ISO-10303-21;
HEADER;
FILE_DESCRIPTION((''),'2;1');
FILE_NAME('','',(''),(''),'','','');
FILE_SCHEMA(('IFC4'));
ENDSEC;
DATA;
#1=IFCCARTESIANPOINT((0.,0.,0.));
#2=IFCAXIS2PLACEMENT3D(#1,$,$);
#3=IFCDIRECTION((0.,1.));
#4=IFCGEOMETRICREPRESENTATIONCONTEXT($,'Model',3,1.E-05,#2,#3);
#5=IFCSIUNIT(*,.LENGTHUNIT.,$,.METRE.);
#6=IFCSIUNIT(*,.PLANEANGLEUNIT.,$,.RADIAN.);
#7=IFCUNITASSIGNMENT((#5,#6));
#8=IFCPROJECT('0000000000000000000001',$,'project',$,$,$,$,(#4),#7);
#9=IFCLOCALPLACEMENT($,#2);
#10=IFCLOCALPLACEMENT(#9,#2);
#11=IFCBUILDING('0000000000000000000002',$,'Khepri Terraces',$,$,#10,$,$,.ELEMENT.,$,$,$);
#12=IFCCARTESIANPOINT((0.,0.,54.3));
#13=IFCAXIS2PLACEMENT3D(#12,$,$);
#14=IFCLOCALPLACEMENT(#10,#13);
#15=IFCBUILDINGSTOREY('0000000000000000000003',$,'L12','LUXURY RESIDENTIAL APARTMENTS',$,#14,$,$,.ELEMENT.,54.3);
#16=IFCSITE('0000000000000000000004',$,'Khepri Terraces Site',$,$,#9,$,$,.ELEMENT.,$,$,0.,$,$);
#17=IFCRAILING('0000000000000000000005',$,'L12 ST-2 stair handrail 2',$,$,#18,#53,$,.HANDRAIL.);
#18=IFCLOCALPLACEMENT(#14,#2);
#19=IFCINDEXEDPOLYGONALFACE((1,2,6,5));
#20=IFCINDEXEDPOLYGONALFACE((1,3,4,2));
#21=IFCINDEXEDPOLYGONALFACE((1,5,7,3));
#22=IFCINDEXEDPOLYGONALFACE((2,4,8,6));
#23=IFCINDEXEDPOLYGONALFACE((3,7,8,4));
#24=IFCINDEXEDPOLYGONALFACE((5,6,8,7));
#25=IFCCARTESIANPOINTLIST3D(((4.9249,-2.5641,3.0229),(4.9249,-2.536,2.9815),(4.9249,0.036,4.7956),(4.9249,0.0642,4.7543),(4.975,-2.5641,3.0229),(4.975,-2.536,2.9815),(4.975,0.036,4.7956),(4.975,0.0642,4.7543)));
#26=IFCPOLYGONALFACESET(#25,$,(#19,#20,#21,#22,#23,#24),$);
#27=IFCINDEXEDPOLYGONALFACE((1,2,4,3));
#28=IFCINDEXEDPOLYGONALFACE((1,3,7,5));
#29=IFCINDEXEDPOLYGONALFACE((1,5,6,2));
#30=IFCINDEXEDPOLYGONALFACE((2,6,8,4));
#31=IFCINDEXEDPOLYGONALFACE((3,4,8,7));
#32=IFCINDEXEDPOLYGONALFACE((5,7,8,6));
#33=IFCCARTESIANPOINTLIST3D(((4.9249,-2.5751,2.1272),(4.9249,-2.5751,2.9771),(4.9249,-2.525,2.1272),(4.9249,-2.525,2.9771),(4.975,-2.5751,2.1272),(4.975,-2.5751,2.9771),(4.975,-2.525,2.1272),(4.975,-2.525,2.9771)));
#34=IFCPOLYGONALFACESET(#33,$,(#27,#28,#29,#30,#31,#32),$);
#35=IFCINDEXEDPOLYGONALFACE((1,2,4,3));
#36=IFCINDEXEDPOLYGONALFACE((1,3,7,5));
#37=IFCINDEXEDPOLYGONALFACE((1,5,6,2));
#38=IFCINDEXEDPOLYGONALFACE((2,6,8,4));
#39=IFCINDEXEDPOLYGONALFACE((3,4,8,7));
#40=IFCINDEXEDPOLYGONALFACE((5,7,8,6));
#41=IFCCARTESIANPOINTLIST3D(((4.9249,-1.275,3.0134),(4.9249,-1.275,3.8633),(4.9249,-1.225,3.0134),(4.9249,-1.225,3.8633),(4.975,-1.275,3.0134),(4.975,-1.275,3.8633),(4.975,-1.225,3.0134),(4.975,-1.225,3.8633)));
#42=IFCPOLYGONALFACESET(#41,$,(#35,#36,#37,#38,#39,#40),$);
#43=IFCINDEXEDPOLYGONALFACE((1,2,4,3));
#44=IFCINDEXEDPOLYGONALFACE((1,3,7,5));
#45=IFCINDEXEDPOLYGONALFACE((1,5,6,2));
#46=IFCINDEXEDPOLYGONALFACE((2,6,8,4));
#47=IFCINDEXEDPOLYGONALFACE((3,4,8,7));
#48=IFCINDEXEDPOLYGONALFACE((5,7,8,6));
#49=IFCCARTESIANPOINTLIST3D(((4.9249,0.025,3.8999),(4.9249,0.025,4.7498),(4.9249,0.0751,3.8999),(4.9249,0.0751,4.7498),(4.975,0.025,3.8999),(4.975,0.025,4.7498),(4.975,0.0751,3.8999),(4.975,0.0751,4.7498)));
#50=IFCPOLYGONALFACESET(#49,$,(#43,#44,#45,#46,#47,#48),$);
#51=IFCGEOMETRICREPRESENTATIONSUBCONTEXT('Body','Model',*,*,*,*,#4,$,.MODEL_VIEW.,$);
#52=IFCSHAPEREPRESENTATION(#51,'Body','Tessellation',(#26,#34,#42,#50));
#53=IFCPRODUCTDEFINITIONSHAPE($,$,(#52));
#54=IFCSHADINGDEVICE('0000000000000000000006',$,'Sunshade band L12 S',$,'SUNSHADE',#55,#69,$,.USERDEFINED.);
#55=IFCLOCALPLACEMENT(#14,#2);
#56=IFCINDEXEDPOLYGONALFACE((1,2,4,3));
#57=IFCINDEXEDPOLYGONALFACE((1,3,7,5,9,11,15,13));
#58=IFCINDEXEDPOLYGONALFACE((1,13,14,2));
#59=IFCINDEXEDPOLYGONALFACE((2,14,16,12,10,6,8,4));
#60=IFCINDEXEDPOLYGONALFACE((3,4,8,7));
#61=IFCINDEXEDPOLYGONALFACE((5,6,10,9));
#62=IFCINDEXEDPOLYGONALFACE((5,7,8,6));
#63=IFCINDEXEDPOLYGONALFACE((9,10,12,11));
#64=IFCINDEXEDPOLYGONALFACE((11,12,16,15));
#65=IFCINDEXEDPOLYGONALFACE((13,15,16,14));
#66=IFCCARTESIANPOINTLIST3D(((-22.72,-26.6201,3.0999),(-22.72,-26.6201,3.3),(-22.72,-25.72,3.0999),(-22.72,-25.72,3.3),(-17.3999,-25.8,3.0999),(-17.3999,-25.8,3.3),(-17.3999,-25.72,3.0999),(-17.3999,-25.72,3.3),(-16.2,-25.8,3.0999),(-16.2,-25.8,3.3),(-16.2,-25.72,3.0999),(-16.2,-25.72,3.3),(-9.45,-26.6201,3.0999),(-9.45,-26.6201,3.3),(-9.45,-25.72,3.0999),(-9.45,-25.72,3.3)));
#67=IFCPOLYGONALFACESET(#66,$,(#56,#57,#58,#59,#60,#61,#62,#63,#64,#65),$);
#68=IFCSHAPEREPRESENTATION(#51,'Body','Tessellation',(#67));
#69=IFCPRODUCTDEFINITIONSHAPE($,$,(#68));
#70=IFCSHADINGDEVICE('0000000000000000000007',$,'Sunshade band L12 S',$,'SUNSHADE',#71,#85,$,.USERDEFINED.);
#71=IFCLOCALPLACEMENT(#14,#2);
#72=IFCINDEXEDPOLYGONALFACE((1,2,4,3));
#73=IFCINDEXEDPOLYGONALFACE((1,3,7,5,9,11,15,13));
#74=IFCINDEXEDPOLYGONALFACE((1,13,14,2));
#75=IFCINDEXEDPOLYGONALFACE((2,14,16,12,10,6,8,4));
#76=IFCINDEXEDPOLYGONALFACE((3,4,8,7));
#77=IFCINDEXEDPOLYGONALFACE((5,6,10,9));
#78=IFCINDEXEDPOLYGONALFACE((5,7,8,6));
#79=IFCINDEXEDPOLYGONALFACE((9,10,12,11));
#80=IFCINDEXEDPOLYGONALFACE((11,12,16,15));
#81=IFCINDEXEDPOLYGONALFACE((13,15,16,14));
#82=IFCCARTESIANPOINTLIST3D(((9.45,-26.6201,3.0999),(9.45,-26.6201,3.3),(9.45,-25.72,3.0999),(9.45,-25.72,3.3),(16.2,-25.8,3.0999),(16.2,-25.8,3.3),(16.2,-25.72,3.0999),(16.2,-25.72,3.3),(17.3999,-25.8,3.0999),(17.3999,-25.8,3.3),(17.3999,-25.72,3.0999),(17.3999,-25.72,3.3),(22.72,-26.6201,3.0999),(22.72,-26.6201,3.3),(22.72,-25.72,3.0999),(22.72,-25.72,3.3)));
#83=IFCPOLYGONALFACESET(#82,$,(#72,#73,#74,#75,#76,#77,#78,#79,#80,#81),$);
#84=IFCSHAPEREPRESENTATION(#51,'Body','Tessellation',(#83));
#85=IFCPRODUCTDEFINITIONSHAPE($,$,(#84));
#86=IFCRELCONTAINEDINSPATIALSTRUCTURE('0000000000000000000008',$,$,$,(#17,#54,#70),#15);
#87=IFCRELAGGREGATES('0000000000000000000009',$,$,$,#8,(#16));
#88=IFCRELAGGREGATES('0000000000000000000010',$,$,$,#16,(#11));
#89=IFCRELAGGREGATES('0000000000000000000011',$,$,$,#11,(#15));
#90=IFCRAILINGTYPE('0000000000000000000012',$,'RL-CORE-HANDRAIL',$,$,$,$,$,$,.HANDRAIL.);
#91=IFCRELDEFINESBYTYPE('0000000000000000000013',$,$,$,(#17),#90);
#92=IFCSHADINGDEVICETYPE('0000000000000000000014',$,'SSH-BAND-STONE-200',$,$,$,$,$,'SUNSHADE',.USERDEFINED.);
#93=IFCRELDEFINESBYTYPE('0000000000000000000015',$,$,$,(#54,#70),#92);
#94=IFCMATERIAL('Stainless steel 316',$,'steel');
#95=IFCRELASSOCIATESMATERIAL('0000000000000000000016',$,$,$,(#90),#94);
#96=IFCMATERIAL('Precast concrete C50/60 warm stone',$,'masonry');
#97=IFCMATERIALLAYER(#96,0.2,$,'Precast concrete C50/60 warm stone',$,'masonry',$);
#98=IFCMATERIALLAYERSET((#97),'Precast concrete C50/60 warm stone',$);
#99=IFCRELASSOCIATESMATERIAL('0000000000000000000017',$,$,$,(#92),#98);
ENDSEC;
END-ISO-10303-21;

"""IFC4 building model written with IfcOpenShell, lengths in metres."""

from ifc_helpers import new_model, si_unit, direction, frame, origin, origin_2d, place, context, subcontext, project, spatial, polyline, rectangle, outline, extrude, material, layer, layer_set, type_object, element, save


model = new_model("IFC4")

# Units and contexts
model_context = context("Model", 3, precision=1e-05, world=origin(), true_north=direction((0.0, 1.0)))
body_context = subcontext(model_context, "Body", "Model", "MODEL_VIEW")
ifc_project = project(units=[si_unit("LENGTHUNIT", "METRE"), si_unit("PLANEANGLEUNIT", "RADIAN")], contexts=[model_context])

# Site, building, storey
site_placement = place(None, origin())
site = spatial("IfcSite", under=ifc_project, at=site_placement, Name="Khepri Terraces Site", CompositionType="ELEMENT", RefElevation=0.0)
building_placement = place(site_placement, origin())
building = spatial("IfcBuilding", under=site, at=building_placement, Name="Khepri Terraces", CompositionType="ELEMENT")
storey_placement = place(building_placement, frame((0.0, 0.0, 54.3)))
storey = spatial("IfcBuildingStorey", under=building, at=storey_placement, Name="L12", Description="LUXURY RESIDENTIAL APARTMENTS", CompositionType="ELEMENT", Elevation=54.3)

# Shared definitions
ifc_material_1 = material(Name="Precast concrete C50/60 warm stone", Category="masonry")

# Railing
ifc_material_2 = material(Name="Stainless steel 316", Category="steel")
railing_type_1 = type_object("IfcRailingType", Name="RL-CORE-HANDRAIL", PredefinedType="HANDRAIL", material=ifc_material_2)
railing_1_placement = place(storey_placement, frame((4.95, -2.55, 2.1272)))
element("IfcRailing", 1, at=railing_1_placement, inside=storey, type_object=railing_type_1, Name="L12 ST-2 stair handrail 2", PredefinedType="HANDRAIL", context=body_context, shape_type="SweptSolid", body=[
    extrude(rectangle(XDim=0.05, YDim=0.05, at=origin_2d()), frame((0.0, 0.0, 0.875), z_axis=(0.0, 0.82624, 0.563318), x_axis=(-1.0, 0.0, 0.0)), (0.0, 0.0, 1.0), 3.147),
    extrude(rectangle(XDim=0.05, YDim=0.05, at=origin_2d()), origin(), (0.0, 0.0, 1.0), 0.8499),
    extrude(rectangle(XDim=0.05, YDim=0.05, at=origin_2d()), frame((0.0, 1.3, 0.8862)), (0.0, 0.0, 1.0), 0.8499),
    extrude(rectangle(XDim=0.05, YDim=0.05, at=origin_2d()), frame((0.0, 2.6001, 1.7727)), (0.0, 0.0, 1.0), 0.8499),
])

# Shading devices
ifc_layer_1 = layer(ifc_material_1, 0.2, Name="Precast concrete C50/60 warm stone", Category="masonry")
ifc_layer_set_1 = layer_set([ifc_layer_1], Name="Precast concrete C50/60 warm stone")
shading_device_type = type_object("IfcShadingDeviceType", Name="SSH-BAND-STONE-200", ElementType="SUNSHADE", PredefinedType="USERDEFINED", material=ifc_layer_set_1)
shading_device_1_placement = place(storey_placement, frame((0.0, 0.0, 3.0999)))
element("IfcShadingDevice", 2, at=shading_device_1_placement, inside=storey, type_object=shading_device_type, Name="Sunshade band L12 S", ObjectType="SUNSHADE", PredefinedType="USERDEFINED", context=body_context, shape_type="SweptSolid", body=[
    extrude(outline(polyline([(-17.3999, -25.72), (-22.72, -25.72), (-22.72, -26.6201), (-9.45, -26.6201), (-9.45, -25.72), (-16.2, -25.72), (-16.2, -25.8), (-17.3999, -25.8), (-17.3999, -25.72)])), origin(), (0.0, 0.0, 1.0), 0.2002),
])
shading_device_2_placement = place(storey_placement, frame((0.0, 0.0, 3.0999)))
element("IfcShadingDevice", 3, at=shading_device_2_placement, inside=storey, type_object=shading_device_type, Name="Sunshade band L12 S", ObjectType="SUNSHADE", PredefinedType="USERDEFINED", context=body_context, shape_type="SweptSolid", body=[
    extrude(outline(polyline([(16.2, -25.72), (9.45, -25.72), (9.45, -26.6201), (22.72, -26.6201), (22.72, -25.72), (17.3999, -25.72), (17.3999, -25.8), (16.2, -25.8), (16.2, -25.72)])), origin(), (0.0, 0.0, 1.0), 0.2002),
])

save(model, "model.ifc")
